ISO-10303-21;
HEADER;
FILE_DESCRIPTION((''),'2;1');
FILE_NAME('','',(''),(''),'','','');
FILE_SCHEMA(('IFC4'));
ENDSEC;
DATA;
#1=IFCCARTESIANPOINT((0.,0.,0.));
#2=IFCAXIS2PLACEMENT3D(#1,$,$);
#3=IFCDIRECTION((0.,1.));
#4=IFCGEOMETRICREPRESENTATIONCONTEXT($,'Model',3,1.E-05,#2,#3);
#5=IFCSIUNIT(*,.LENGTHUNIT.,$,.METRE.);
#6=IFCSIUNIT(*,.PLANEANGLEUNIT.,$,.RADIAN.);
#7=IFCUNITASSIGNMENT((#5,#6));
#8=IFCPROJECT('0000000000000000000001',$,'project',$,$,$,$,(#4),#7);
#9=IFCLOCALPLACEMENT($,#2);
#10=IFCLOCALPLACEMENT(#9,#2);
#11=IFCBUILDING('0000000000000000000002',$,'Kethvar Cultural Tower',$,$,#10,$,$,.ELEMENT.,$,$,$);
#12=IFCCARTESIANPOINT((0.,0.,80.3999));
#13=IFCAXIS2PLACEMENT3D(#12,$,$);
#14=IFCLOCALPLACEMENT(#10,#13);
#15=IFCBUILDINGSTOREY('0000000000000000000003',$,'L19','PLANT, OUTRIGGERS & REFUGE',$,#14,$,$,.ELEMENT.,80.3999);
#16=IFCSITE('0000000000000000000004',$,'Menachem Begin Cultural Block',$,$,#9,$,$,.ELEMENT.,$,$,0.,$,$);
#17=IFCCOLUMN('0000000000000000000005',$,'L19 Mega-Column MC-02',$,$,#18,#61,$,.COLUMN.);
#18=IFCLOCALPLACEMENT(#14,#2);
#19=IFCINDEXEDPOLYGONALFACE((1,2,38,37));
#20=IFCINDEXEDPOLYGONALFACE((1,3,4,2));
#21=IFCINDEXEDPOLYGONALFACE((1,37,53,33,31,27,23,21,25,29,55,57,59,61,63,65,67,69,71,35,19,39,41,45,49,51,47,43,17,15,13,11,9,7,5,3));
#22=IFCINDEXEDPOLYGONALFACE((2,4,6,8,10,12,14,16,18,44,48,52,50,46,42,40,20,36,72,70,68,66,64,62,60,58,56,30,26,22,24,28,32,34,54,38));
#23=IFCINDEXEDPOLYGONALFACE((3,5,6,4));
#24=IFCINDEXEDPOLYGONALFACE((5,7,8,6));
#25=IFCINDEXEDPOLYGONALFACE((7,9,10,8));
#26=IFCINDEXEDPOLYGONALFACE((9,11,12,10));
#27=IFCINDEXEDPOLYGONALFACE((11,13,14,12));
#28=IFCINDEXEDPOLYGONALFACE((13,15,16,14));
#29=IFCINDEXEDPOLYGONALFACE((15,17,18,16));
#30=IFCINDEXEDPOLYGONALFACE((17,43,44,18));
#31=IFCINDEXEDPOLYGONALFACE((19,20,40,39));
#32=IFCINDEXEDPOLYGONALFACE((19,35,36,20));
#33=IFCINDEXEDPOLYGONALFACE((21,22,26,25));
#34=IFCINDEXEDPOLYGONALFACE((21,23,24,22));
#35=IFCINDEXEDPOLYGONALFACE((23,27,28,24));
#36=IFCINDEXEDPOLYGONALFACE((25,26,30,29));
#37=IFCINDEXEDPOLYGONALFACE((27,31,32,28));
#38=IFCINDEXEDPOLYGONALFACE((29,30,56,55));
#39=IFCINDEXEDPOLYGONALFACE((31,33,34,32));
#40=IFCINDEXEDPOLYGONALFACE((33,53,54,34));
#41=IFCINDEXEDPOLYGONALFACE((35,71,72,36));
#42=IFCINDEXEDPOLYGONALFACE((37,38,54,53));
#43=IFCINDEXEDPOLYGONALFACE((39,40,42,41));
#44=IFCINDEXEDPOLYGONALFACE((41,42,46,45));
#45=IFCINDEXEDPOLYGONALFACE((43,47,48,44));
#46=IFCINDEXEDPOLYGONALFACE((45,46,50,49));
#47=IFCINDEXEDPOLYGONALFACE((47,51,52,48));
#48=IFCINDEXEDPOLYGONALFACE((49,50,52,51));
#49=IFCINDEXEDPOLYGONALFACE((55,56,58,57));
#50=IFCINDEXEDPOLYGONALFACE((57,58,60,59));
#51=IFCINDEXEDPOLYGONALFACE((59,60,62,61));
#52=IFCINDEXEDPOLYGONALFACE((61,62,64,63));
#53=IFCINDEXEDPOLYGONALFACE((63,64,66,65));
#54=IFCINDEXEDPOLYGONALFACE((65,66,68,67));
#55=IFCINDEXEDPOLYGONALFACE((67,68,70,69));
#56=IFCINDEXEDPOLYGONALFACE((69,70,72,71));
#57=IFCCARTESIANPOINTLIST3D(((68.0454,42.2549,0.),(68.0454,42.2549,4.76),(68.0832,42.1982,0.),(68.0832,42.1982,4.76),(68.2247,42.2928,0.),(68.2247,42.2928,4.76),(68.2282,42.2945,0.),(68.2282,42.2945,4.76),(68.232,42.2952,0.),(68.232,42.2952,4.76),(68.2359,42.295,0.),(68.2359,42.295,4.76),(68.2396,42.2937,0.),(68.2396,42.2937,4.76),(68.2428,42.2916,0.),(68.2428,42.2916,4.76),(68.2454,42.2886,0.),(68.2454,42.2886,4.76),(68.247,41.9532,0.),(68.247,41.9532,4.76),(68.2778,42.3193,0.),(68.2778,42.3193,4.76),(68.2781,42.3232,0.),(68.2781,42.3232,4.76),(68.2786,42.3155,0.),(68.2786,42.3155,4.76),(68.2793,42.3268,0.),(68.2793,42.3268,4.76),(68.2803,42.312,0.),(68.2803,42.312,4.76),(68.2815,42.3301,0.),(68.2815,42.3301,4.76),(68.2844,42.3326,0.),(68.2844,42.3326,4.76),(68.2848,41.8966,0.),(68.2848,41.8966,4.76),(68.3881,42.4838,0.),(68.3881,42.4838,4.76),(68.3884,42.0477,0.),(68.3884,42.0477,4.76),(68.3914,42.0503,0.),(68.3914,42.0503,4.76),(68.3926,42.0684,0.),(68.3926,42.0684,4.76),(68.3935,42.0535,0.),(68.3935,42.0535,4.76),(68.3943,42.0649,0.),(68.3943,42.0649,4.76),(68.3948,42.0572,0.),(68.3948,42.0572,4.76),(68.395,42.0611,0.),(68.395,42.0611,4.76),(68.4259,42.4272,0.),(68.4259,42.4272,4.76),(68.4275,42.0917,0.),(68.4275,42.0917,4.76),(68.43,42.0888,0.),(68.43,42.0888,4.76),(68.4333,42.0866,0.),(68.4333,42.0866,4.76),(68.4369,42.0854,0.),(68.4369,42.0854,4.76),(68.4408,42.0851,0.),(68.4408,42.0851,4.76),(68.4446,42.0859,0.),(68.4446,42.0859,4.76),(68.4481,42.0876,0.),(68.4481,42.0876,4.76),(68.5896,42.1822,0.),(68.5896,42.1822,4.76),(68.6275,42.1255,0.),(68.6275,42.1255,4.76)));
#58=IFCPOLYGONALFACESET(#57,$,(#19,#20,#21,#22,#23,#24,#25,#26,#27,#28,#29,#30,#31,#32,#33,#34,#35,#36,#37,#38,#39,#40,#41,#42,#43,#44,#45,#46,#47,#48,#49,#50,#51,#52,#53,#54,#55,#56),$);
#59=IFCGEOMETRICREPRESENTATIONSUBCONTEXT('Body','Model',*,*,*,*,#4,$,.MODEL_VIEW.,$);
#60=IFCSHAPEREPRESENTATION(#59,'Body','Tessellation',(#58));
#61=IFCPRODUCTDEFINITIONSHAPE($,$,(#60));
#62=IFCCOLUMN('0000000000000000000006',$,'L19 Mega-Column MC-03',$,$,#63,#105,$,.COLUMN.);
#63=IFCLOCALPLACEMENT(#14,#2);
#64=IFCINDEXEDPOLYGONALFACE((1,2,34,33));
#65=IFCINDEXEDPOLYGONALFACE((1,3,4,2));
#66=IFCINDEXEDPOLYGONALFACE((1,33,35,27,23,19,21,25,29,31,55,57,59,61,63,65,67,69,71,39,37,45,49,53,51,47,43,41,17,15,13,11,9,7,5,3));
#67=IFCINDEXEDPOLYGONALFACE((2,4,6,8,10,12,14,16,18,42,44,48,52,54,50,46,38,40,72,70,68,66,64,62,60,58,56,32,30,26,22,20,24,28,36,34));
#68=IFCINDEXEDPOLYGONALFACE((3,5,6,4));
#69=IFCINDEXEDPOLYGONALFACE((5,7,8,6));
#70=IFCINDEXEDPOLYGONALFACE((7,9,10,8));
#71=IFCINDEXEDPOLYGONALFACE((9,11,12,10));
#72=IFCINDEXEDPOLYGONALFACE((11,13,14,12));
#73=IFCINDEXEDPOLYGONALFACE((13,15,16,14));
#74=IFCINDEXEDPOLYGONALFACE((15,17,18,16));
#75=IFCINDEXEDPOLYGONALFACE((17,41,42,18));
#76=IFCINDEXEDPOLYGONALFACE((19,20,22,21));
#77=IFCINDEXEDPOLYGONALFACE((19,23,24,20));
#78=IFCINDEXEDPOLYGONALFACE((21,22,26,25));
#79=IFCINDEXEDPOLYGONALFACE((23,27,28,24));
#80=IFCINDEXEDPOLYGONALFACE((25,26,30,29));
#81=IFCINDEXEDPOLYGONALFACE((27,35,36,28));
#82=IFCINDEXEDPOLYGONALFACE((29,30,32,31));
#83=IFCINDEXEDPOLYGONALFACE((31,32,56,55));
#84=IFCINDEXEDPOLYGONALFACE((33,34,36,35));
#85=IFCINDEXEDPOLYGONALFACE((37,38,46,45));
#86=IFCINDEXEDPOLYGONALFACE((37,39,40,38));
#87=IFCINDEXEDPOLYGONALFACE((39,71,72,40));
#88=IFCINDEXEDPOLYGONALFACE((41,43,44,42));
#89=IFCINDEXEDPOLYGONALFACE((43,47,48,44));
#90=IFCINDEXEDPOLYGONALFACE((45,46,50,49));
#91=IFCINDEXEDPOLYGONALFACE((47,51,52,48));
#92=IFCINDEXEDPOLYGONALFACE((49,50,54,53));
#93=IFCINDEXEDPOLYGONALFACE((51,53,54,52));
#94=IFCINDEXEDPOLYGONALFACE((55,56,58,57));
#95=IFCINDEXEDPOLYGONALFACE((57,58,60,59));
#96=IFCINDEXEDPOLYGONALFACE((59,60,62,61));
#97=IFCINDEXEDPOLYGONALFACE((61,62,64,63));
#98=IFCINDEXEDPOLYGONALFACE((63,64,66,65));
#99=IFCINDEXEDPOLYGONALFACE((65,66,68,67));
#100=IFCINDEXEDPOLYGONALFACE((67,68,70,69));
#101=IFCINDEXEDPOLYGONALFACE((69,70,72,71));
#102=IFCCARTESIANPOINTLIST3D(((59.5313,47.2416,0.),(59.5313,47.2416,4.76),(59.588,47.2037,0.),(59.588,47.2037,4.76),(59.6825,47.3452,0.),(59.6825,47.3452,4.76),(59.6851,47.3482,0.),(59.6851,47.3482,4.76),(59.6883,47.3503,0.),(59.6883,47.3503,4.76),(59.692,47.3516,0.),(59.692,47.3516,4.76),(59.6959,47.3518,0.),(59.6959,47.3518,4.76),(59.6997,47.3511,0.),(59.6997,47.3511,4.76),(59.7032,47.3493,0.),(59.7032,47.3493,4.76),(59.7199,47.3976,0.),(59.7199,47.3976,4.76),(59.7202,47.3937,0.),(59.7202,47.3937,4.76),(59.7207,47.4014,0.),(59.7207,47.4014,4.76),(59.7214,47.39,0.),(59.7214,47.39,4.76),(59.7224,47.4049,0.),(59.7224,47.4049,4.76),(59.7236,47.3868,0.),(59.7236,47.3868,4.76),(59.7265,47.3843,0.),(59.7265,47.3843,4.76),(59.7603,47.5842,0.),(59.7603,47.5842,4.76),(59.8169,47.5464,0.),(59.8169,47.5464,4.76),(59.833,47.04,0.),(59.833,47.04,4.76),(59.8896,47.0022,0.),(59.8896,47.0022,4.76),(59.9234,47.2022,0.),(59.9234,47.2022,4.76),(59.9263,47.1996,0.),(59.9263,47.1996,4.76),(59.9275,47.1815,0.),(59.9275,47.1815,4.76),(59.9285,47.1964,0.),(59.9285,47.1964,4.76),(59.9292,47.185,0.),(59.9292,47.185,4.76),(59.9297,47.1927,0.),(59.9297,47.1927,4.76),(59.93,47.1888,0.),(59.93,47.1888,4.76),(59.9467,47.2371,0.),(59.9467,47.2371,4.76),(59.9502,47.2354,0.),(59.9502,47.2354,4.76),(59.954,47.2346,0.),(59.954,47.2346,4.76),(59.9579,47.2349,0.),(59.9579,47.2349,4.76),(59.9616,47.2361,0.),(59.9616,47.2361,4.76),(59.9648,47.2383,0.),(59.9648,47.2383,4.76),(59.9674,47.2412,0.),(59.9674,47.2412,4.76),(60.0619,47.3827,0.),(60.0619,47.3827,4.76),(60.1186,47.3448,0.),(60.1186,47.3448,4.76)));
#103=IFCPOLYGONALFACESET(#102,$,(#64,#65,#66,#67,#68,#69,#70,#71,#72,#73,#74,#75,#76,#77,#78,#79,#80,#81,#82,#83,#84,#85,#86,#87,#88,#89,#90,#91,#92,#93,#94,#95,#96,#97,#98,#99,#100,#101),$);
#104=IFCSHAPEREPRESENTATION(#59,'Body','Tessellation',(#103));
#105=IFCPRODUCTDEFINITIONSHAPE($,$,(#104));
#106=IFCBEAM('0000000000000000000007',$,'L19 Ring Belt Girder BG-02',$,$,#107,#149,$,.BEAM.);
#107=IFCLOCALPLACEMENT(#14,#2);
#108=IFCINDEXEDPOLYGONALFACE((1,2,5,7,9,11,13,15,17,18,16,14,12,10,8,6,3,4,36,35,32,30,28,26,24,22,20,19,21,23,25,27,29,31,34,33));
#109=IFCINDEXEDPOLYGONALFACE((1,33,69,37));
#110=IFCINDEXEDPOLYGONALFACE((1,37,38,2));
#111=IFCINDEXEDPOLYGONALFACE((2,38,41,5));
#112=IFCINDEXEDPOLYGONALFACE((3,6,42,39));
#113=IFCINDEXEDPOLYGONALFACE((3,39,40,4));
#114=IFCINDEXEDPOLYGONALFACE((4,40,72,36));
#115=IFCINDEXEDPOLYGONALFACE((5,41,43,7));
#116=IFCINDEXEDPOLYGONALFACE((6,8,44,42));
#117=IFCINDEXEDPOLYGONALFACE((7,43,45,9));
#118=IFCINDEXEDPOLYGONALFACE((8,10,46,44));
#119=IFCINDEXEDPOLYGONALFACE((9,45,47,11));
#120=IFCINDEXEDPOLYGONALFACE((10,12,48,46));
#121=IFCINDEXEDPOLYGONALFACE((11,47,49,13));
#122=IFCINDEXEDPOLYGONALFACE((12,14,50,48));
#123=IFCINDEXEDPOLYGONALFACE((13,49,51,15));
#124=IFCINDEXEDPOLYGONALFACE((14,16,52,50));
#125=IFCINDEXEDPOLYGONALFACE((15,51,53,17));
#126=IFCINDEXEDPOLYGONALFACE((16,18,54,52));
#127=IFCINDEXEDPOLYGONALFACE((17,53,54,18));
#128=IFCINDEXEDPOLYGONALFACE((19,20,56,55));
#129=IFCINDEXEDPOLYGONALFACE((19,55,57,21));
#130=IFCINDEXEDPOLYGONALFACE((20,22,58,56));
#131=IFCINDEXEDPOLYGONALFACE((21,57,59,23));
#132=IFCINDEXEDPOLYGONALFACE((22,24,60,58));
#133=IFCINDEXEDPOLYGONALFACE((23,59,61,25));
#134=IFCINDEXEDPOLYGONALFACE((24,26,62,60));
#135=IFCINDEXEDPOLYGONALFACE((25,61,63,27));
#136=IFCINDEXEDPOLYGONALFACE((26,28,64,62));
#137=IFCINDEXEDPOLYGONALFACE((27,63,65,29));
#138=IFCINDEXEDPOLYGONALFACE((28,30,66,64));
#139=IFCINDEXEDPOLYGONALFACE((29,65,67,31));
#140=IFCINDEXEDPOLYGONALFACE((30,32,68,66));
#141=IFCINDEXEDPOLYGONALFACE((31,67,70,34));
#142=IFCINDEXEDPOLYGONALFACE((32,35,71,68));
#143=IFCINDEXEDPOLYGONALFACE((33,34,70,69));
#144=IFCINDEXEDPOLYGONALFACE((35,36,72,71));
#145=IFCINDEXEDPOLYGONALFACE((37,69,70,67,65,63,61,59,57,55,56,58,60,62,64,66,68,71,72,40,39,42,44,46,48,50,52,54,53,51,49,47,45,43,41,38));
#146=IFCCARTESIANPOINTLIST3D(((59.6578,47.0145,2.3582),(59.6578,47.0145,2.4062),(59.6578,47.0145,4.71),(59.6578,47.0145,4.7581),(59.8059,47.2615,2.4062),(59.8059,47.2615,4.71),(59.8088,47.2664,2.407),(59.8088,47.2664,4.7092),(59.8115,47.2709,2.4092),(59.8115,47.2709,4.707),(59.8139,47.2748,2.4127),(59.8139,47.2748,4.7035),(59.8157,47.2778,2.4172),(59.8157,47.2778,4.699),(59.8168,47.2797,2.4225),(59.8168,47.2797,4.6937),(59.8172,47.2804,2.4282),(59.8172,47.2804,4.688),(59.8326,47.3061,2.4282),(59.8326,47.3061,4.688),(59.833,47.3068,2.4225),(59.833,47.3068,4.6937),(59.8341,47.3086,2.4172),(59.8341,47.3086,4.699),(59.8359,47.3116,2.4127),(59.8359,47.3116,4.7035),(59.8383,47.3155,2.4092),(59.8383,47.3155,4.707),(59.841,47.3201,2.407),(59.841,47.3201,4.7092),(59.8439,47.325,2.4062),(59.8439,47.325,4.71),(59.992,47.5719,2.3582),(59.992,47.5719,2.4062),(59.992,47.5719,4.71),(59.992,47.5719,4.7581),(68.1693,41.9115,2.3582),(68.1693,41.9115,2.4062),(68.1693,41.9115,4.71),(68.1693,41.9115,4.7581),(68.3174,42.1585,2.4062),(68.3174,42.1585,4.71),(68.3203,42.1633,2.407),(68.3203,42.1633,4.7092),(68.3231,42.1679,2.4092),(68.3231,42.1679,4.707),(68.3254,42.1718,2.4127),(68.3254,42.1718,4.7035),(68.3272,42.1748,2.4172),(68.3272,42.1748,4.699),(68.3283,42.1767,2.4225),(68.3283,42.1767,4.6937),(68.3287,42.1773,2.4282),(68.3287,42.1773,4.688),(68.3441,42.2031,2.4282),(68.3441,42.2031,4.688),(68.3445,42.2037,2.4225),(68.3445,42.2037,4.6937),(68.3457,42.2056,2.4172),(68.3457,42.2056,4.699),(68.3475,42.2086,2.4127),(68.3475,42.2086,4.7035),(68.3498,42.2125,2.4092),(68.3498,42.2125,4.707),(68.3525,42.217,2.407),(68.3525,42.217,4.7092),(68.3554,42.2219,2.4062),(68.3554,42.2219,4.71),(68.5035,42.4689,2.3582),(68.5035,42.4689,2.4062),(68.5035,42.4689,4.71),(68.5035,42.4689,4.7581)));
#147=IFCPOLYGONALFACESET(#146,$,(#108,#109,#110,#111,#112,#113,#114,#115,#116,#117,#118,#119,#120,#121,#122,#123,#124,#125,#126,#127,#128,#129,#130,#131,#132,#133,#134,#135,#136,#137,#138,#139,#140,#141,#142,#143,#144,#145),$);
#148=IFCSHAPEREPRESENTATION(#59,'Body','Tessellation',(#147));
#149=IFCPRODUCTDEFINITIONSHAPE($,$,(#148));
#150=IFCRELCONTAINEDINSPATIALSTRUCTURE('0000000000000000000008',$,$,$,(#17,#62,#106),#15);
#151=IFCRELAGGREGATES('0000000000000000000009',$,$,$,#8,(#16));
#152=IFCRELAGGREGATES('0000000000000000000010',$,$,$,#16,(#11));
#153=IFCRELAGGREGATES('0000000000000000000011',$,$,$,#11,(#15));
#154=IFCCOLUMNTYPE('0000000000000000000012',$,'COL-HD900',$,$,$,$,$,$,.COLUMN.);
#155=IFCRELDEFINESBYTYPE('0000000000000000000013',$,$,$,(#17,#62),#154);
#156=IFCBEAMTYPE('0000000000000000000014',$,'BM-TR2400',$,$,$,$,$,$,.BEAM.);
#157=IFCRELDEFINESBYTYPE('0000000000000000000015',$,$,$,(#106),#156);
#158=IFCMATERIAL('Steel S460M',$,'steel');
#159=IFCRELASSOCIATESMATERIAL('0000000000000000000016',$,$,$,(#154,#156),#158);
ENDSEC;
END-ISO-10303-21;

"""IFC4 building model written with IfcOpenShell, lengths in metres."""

from ifc_helpers import new_model, si_unit, direction, frame, origin, origin_2d, place, context, subcontext, project, spatial, i_section, extrude, source, transform, mapped, material, material_profile, profile_set, type_object, element, save


model = new_model("IFC4")

# Units and contexts
model_context = context("Model", 3, precision=1e-05, world=origin(), true_north=direction((0.0, 1.0)))
body_context = subcontext(model_context, "Body", "Model", "MODEL_VIEW")
ifc_project = project(units=[si_unit("LENGTHUNIT", "METRE"), si_unit("PLANEANGLEUNIT", "RADIAN")], contexts=[model_context])

# Site, building, storey
site_placement = place(None, origin())
site = spatial("IfcSite", under=ifc_project, at=site_placement, Name="Menachem Begin Cultural Block", CompositionType="ELEMENT", RefElevation=0.0)
building_placement = place(site_placement, origin())
building = spatial("IfcBuilding", under=site, at=building_placement, Name="Kethvar Cultural Tower", CompositionType="ELEMENT")
storey_placement = place(building_placement, frame((0.0, 0.0, 80.3999)))
storey = spatial("IfcBuildingStorey", under=building, at=storey_placement, Name="L19", Description="PLANT, OUTRIGGERS & REFUGE", CompositionType="ELEMENT", Elevation=80.3999)

# Columns
ifc_material_1 = material(Name="Steel S460M", Category="steel")
ifc_material_profile_1 = material_profile(ifc_material_1, i_section(OverallWidth=0.4121, OverallDepth=0.4309, WebThickness=0.042, FlangeThickness=0.0681, FilletRadius=0.0149, at=origin_2d()), Name="Steel S460M — HD400x900")
ifc_profile_set_1 = profile_set([ifc_material_profile_1], Name="Steel S460M — HD400x900")
column_type = type_object("IfcColumnType", Name="COL-HD900", PredefinedType="COLUMN", material=ifc_profile_set_1)
shared_shape_1 = source(origin(), body_context, "Body", "SweptSolid", [
    extrude(i_section(OverallWidth=0.4121, OverallDepth=0.4309, WebThickness=0.042, FlangeThickness=0.0681, FilletRadius=0.0149, at=origin_2d()), origin(), (0.0, 0.0, 1.0), 4.76),
])
for number, where, z_axis, x_axis, name in (
    (1, (68.3364, 42.1902, 0.0), (0.0, 0.0, 1.0), (0.83147, 0.55557, 0.0), "L19 Mega-Column MC-02"),
    (2, (59.825, 47.2932, 0.0), (0.0, 0.0, 1.0), (0.55557, 0.83147, 0.0), "L19 Mega-Column MC-03"),
):
    element("IfcColumn", number, at=place(storey_placement, frame(where, z_axis=z_axis, x_axis=x_axis)), inside=storey, type_object=column_type, Name=name, PredefinedType="COLUMN", context=body_context, shape_type="MappedRepresentation", body=[
        mapped(shared_shape_1, transform((0.0, 0.0, 0.0), scale=1.0)),
    ])

# Beam
ifc_material_profile_2 = material_profile(ifc_material_1, i_section(OverallWidth=0.6499, OverallDepth=2.3999, WebThickness=0.03, FlangeThickness=0.0481, FilletRadius=0.022, at=origin_2d()), Name="Steel S460M — PG2400x650x48x30")
ifc_profile_set_2 = profile_set([ifc_material_profile_2], Name="Steel S460M — PG2400x650x48x30")
beam_type = type_object("IfcBeamType", Name="BM-TR2400", PredefinedType="BEAM", material=ifc_profile_set_2)
shared_shape_2 = source(origin(), body_context, "Body", "SweptSolid", [
    extrude(i_section(OverallWidth=0.6499, OverallDepth=2.3999, WebThickness=0.03, FlangeThickness=0.0481, FilletRadius=0.022, at=origin_2d()), origin(), (0.0, 0.0, 1.0), 9.9241),
])
beam_1_placement = place(storey_placement, frame((68.3364, 42.1902, 3.5581), z_axis=(-0.857664, 0.51421, 0.0), x_axis=(-0.51421, -0.857664, 0.0)))
element("IfcBeam", 3, at=beam_1_placement, inside=storey, type_object=beam_type, Name="L19 Ring Belt Girder BG-02", PredefinedType="BEAM", context=body_context, shape_type="MappedRepresentation", body=[
    mapped(shared_shape_2, transform((0.0, 0.0, 0.0), scale=1.0)),
])

save(model, "model.ifc")
